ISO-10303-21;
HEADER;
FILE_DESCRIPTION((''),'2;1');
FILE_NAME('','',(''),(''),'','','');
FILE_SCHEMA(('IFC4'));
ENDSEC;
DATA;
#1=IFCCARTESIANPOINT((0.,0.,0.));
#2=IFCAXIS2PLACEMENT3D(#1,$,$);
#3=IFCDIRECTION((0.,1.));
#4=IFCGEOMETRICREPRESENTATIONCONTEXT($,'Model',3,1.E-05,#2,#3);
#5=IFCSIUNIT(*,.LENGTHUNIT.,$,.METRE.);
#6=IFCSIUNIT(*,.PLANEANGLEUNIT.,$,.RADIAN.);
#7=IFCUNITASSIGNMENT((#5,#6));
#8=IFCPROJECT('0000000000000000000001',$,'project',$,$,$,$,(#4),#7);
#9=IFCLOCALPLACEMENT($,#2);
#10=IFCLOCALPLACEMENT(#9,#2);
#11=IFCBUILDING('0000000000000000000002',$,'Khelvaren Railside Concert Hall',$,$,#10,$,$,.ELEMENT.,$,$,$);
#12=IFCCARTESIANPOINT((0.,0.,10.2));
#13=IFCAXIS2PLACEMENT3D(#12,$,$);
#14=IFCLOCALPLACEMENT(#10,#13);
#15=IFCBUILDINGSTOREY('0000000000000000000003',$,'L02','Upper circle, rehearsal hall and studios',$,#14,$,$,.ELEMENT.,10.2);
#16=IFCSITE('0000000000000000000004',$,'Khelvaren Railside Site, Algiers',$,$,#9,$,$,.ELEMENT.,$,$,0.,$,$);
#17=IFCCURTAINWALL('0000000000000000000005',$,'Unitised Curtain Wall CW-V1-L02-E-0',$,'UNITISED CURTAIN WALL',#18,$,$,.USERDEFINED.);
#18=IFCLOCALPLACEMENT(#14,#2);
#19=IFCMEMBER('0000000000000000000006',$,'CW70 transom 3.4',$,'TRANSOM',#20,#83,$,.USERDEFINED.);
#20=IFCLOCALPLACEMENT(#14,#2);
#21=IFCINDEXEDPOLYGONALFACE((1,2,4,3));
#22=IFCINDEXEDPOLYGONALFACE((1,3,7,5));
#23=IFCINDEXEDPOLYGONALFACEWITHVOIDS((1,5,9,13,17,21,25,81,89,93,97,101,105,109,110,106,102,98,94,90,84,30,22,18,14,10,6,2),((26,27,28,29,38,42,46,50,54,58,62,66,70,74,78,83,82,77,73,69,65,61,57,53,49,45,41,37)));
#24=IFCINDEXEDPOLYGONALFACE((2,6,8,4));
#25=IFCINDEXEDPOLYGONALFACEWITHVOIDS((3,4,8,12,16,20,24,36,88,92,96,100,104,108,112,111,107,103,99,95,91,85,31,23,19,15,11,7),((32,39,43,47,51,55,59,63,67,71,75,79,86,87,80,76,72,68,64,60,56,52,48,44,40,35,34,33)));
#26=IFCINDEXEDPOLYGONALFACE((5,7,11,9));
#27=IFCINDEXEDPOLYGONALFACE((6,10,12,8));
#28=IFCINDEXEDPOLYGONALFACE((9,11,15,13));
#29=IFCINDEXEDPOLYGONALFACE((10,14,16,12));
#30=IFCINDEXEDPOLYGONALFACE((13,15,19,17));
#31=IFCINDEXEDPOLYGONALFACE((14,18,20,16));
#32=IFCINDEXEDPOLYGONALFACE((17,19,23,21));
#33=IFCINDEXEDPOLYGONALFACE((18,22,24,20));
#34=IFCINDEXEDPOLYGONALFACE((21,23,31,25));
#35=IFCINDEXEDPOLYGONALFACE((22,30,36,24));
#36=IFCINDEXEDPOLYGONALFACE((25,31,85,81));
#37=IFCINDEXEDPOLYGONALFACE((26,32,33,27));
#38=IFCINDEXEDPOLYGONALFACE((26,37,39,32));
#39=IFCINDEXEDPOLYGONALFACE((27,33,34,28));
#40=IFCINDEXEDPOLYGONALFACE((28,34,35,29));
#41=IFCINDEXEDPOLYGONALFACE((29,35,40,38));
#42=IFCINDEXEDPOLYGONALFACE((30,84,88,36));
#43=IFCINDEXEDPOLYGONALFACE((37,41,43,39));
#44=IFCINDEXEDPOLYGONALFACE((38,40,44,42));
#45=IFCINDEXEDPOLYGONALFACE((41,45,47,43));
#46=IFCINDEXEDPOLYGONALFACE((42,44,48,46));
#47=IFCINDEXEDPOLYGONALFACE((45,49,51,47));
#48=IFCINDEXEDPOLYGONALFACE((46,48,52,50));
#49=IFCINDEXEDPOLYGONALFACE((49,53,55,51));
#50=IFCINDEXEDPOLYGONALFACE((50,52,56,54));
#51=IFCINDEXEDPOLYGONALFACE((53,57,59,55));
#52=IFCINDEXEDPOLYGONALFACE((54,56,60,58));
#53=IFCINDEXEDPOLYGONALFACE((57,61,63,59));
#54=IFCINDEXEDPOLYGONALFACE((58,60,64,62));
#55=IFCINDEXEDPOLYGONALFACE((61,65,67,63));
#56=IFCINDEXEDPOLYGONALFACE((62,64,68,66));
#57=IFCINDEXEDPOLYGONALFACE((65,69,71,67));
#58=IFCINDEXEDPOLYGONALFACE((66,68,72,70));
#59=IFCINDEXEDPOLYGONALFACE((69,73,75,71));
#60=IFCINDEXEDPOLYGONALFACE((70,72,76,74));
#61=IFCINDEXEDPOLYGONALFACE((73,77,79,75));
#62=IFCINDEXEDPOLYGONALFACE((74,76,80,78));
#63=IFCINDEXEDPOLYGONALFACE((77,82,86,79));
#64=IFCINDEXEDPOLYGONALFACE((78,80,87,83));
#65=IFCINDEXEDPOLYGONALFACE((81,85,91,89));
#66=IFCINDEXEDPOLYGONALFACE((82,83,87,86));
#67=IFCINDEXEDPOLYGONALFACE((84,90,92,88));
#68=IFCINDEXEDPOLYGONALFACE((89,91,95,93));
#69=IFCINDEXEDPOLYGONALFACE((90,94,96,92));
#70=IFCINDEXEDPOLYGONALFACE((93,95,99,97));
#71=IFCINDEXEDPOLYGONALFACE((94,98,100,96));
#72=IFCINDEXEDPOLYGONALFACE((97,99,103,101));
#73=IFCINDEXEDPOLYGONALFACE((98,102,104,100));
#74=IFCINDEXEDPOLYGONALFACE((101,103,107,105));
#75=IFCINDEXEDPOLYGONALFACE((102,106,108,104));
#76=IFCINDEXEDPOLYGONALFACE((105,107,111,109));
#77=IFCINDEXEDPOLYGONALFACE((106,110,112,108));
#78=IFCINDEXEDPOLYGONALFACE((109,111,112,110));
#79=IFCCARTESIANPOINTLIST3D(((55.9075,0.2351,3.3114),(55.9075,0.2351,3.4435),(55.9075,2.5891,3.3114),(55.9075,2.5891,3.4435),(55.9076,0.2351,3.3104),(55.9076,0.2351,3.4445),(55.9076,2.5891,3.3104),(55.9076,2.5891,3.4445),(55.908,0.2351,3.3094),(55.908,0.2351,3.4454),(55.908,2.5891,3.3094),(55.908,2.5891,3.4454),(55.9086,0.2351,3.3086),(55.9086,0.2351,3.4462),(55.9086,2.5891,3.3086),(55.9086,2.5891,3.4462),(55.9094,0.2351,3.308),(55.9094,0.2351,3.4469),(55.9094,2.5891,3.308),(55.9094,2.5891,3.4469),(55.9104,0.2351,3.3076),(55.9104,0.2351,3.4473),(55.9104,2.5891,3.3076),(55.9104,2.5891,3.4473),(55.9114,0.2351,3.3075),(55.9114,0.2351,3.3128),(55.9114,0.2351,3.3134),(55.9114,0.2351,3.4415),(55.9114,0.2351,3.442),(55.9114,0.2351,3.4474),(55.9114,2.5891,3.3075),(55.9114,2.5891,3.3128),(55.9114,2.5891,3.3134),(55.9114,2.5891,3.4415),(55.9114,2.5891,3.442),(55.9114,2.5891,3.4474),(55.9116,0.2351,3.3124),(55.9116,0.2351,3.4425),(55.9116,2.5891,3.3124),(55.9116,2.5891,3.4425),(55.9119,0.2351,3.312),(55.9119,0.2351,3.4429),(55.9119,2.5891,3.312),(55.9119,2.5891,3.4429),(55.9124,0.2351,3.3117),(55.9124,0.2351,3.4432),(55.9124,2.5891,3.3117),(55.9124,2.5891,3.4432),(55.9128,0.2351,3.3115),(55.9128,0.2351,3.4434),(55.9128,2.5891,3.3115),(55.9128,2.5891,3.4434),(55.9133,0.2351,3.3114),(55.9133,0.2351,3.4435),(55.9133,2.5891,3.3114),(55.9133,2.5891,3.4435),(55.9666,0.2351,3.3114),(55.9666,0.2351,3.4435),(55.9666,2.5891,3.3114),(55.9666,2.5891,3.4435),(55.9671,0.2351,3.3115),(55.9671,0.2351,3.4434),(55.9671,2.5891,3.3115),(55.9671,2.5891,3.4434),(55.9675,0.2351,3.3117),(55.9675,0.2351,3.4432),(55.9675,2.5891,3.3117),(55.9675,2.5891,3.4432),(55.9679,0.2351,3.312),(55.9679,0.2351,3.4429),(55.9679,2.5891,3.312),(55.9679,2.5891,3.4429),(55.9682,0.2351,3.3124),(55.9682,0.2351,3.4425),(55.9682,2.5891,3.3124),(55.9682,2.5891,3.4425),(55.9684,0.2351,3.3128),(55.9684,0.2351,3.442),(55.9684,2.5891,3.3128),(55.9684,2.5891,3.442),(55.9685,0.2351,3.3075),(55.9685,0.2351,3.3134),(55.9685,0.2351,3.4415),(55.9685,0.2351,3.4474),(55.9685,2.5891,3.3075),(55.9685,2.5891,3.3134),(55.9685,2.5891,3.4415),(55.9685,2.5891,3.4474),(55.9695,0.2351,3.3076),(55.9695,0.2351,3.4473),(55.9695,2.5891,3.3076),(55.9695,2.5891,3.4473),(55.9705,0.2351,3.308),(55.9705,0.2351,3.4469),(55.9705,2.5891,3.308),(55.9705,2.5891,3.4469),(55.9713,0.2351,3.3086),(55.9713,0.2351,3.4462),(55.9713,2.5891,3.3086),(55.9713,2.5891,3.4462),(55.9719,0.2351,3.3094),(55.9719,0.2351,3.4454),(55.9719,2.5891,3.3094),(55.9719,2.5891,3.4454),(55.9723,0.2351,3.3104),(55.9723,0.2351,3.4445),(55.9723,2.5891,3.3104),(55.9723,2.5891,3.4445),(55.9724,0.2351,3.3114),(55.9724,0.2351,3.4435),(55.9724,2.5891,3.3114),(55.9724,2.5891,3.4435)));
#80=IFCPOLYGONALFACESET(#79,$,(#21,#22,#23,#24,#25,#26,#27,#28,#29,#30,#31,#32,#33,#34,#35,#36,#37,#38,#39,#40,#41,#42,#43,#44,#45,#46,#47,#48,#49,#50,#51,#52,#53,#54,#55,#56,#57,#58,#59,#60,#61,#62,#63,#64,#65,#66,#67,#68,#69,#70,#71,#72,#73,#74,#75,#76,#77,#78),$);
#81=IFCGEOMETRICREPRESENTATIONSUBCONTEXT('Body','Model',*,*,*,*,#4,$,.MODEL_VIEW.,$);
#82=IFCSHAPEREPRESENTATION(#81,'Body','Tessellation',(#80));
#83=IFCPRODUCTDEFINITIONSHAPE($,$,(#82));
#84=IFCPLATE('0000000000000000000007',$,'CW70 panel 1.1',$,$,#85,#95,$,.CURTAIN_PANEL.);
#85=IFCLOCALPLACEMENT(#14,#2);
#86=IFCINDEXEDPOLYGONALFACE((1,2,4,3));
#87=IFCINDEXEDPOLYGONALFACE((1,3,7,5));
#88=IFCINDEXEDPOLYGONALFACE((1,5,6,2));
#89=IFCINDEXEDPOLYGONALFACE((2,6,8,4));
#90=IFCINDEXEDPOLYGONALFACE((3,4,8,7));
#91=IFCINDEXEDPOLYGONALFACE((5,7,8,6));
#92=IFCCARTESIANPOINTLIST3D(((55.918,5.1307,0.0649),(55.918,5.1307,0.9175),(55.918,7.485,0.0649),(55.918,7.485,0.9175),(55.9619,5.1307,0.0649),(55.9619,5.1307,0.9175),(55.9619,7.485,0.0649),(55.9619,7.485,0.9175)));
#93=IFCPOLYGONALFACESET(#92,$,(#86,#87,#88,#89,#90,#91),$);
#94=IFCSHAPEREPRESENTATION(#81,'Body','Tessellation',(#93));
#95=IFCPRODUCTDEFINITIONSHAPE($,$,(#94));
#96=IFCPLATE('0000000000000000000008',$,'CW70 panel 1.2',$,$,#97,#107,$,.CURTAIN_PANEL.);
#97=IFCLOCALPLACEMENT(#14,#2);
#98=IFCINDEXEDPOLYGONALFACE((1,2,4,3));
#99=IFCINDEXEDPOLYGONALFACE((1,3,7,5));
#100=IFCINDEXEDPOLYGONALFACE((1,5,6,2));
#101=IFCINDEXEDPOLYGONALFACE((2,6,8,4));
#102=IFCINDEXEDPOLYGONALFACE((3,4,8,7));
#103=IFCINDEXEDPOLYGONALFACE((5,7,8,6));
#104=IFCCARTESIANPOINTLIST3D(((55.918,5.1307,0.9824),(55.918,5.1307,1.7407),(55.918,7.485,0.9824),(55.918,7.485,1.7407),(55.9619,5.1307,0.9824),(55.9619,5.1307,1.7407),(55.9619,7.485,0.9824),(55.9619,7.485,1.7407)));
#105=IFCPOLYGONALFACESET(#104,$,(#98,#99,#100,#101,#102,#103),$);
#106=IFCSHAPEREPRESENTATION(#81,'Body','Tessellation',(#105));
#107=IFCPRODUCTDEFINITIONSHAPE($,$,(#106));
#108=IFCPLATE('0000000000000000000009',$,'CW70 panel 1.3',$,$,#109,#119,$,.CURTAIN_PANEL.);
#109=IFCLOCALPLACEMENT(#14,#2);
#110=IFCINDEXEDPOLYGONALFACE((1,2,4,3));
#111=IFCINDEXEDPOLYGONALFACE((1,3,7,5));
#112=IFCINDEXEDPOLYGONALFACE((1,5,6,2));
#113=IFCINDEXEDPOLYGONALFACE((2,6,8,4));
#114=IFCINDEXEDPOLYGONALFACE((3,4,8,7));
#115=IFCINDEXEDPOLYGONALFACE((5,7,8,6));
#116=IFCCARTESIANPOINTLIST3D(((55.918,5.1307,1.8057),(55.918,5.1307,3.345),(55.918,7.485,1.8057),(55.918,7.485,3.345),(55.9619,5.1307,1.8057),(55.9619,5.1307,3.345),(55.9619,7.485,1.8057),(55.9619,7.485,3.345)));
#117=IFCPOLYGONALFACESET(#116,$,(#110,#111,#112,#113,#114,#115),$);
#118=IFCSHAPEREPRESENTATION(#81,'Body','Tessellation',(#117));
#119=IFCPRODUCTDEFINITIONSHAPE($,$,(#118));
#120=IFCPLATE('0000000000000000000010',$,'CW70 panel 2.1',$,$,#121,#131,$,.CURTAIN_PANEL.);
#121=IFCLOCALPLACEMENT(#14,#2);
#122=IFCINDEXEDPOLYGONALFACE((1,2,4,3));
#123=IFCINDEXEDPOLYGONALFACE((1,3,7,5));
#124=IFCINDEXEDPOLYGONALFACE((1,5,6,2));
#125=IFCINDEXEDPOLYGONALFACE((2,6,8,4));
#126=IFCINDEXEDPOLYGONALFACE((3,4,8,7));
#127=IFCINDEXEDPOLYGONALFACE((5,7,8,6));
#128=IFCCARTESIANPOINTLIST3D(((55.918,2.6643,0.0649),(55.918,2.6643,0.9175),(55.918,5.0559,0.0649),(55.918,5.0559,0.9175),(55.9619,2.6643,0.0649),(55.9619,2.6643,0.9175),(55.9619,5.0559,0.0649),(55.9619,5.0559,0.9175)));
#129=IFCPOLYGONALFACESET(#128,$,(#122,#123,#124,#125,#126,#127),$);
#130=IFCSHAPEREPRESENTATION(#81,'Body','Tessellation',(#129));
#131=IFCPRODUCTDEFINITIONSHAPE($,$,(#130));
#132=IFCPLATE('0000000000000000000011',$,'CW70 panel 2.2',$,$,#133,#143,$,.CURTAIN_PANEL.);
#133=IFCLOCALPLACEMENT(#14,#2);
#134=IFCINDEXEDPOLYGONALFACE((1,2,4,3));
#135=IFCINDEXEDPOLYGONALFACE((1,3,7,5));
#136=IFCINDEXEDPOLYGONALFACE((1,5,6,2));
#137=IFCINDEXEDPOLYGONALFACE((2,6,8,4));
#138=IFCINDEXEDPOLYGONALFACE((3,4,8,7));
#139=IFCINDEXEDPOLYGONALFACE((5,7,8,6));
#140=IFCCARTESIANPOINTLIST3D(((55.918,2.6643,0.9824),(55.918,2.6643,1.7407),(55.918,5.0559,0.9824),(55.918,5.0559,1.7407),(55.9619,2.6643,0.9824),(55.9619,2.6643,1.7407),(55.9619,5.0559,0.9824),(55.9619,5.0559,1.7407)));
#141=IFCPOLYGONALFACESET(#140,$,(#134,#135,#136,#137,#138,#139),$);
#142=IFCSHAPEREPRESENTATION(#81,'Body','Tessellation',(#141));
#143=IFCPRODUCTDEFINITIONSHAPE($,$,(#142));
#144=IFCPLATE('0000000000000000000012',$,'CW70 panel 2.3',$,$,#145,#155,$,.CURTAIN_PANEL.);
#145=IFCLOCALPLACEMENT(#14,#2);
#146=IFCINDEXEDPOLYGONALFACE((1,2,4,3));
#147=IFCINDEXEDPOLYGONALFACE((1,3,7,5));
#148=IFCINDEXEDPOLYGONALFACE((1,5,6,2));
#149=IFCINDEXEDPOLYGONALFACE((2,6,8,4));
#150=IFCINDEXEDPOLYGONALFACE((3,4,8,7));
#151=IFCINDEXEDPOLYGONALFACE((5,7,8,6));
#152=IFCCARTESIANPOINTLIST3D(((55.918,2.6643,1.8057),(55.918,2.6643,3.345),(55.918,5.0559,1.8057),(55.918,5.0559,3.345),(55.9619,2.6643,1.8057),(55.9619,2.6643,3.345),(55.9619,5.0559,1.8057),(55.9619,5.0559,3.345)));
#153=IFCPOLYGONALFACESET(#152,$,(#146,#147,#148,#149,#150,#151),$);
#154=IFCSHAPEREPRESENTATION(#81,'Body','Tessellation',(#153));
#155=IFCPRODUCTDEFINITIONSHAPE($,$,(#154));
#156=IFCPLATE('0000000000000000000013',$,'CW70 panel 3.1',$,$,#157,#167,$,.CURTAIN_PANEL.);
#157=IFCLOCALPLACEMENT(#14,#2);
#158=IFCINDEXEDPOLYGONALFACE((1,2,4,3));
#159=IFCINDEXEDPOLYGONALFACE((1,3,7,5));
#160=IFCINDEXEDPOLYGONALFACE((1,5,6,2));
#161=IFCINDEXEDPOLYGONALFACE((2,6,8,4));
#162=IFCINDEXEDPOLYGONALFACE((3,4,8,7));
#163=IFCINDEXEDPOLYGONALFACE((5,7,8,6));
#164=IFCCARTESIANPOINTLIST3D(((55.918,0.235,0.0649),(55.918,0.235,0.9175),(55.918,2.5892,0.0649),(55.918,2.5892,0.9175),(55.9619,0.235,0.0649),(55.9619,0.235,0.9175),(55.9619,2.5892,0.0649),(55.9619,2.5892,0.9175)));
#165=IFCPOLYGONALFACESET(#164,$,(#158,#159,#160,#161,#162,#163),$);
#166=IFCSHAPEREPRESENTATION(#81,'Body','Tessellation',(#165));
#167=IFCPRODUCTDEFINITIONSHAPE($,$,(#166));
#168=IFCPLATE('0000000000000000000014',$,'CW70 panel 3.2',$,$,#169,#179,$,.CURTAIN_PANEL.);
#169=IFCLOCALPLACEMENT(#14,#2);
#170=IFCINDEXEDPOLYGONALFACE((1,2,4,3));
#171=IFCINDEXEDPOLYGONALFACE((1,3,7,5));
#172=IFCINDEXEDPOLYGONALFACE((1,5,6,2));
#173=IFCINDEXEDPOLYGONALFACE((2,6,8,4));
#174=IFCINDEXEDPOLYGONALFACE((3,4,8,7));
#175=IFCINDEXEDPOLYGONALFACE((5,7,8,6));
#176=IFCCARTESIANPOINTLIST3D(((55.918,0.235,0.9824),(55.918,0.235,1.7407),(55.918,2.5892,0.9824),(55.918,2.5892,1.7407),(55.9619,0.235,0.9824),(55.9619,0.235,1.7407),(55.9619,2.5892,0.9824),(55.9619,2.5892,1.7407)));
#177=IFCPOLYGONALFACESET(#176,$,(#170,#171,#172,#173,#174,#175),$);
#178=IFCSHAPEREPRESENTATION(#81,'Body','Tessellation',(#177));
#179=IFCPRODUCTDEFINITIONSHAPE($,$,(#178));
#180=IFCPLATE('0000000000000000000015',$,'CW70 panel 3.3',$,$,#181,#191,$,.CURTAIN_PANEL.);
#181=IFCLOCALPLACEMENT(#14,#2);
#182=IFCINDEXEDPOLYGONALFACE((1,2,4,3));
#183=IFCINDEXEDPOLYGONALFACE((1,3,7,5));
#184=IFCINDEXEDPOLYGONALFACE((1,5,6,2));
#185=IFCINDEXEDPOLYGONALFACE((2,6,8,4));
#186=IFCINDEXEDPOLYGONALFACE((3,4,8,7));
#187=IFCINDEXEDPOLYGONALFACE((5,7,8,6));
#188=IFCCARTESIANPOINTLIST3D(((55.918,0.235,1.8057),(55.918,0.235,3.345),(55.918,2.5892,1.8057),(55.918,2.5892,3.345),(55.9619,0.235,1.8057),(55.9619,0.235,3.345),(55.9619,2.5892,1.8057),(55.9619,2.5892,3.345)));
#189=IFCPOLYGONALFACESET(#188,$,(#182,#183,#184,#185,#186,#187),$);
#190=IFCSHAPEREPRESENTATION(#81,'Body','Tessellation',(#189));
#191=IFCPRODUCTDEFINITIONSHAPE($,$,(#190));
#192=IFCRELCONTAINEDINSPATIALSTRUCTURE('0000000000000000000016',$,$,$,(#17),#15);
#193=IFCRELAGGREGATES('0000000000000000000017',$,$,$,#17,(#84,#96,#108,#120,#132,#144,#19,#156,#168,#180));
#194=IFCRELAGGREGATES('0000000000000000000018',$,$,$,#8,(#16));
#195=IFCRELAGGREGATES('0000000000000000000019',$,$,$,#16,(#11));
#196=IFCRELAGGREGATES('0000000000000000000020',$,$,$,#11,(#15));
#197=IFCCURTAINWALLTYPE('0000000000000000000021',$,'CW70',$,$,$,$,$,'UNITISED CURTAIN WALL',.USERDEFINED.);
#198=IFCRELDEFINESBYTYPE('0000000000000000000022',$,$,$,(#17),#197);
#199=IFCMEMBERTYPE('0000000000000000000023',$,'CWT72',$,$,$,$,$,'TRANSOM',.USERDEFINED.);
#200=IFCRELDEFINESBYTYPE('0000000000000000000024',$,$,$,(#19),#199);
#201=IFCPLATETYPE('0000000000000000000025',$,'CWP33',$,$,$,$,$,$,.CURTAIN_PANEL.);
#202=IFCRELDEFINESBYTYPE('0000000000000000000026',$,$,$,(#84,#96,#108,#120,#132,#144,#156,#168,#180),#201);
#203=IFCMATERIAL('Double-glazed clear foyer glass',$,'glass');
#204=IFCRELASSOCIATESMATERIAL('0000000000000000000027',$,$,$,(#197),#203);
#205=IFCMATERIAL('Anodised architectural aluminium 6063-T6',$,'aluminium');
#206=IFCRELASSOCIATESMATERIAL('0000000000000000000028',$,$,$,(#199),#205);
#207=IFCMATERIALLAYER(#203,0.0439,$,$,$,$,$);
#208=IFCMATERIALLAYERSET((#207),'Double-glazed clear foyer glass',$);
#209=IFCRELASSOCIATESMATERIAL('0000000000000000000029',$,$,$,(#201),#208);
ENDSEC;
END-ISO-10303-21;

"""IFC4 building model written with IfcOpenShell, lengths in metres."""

from ifc_helpers import new_model, si_unit, direction, frame, origin, origin_2d, place, context, subcontext, project, spatial, rectangle, hollow_rectangle, extrude, material, layer, layer_set, material_profile, profile_set, type_object, element, aggregate, save


model = new_model("IFC4")

# Units and contexts
model_context = context("Model", 3, precision=1e-05, world=origin(), true_north=direction((0.0, 1.0)))
body_context = subcontext(model_context, "Body", "Model", "MODEL_VIEW")
ifc_project = project(units=[si_unit("LENGTHUNIT", "METRE"), si_unit("PLANEANGLEUNIT", "RADIAN")], contexts=[model_context])

# Site, building, storey
site_placement = place(None, origin())
site = spatial("IfcSite", under=ifc_project, at=site_placement, Name="Khelvaren Railside Site, Algiers", CompositionType="ELEMENT", RefElevation=0.0)
building_placement = place(site_placement, origin())
building = spatial("IfcBuilding", under=site, at=building_placement, Name="Khelvaren Railside Concert Hall", CompositionType="ELEMENT")
storey_placement = place(building_placement, frame((0.0, 0.0, 10.2)))
storey = spatial("IfcBuildingStorey", under=building, at=storey_placement, Name="L02", Description="Upper circle, rehearsal hall and studios", CompositionType="ELEMENT", Elevation=10.2)

# Curtain wall, member, plates
ifc_material_1 = material(Name="Double-glazed clear foyer glass", Category="glass")
curtain_wall_type = type_object("IfcCurtainWallType", Name="CW70", ElementType="UNITISED CURTAIN WALL", PredefinedType="USERDEFINED", material=ifc_material_1)
curtain_wall_placement = place(storey_placement, origin())
curtain_wall = element("IfcCurtainWall", 1, at=curtain_wall_placement, inside=storey, type_object=curtain_wall_type, Name="Unitised Curtain Wall CW-V1-L02-E-0", ObjectType="UNITISED CURTAIN WALL", PredefinedType="USERDEFINED")
ifc_material_2 = material(Name="Anodised architectural aluminium 6063-T6", Category="aluminium")
ifc_material_profile_1 = material_profile(ifc_material_2, hollow_rectangle(XDim=0.0649, YDim=0.1399, WallThickness=0.0039, InnerFilletRadius=0.002, OuterFilletRadius=0.0039, at=origin_2d()), Name="CWT 65x140x4")
ifc_profile_set_1 = profile_set([ifc_material_profile_1], Name="Anodised architectural aluminium 6063-T6")
member_type_1 = type_object("IfcMemberType", Name="CWT72", ElementType="TRANSOM", PredefinedType="USERDEFINED", material=ifc_profile_set_1)
member_1_placement = place(storey_placement, frame((55.9399, 2.5891, 3.3774), z_axis=(0.0, -1.0, 0.0), x_axis=(1.0, 0.0, 0.0)))
member_1 = element("IfcMember", 2, at=member_1_placement, type_object=member_type_1, Name="CW70 transom 3.4", ObjectType="TRANSOM", PredefinedType="USERDEFINED", context=body_context, shape_type="SweptSolid", body=[
    extrude(hollow_rectangle(XDim=0.0649, YDim=0.1399, WallThickness=0.0039, InnerFilletRadius=0.002, OuterFilletRadius=0.0039, at=origin_2d()), origin(), (0.0, 0.0, 1.0), 2.354),
])
ifc_layer_1 = layer(ifc_material_1, 0.0439)
ifc_layer_set_1 = layer_set([ifc_layer_1], Name="Double-glazed clear foyer glass")
plate_type = type_object("IfcPlateType", Name="CWP33", PredefinedType="CURTAIN_PANEL", material=ifc_layer_set_1)
plate_1_placement = place(storey_placement, frame((55.9399, 6.3079, 0.0649), z_axis=(0.0, 0.0, 1.0), x_axis=(0.0, -1.0, 0.0)))
plate_1 = element("IfcPlate", 3, at=plate_1_placement, type_object=plate_type, Name="CW70 panel 1.1", PredefinedType="CURTAIN_PANEL", context=body_context, shape_type="SweptSolid", body=[
    extrude(rectangle(XDim=2.3542, YDim=0.0439, at=origin_2d()), origin(), (0.0, 0.0, 1.0), 0.8525),
])
plate_2_placement = place(storey_placement, frame((55.9399, 6.3079, 0.9824), z_axis=(0.0, 0.0, 1.0), x_axis=(0.0, -1.0, 0.0)))
plate_2 = element("IfcPlate", 4, at=plate_2_placement, type_object=plate_type, Name="CW70 panel 1.2", PredefinedType="CURTAIN_PANEL", context=body_context, shape_type="SweptSolid", body=[
    extrude(rectangle(XDim=2.3542, YDim=0.0439, at=origin_2d()), origin(), (0.0, 0.0, 1.0), 0.7583),
])
plate_3_placement = place(storey_placement, frame((55.9399, 6.3079, 1.8057), z_axis=(0.0, 0.0, 1.0), x_axis=(0.0, -1.0, 0.0)))
plate_3 = element("IfcPlate", 5, at=plate_3_placement, type_object=plate_type, Name="CW70 panel 1.3", PredefinedType="CURTAIN_PANEL", context=body_context, shape_type="SweptSolid", body=[
    extrude(rectangle(XDim=2.3542, YDim=0.0439, at=origin_2d()), origin(), (0.0, 0.0, 1.0), 1.5393),
])
plate_4_placement = place(storey_placement, frame((55.9399, 3.8601, 0.0649), z_axis=(0.0, 0.0, 1.0), x_axis=(0.0, -1.0, 0.0)))
plate_4 = element("IfcPlate", 6, at=plate_4_placement, type_object=plate_type, Name="CW70 panel 2.1", PredefinedType="CURTAIN_PANEL", context=body_context, shape_type="SweptSolid", body=[
    extrude(rectangle(XDim=2.3916, YDim=0.0439, at=origin_2d()), origin(), (0.0, 0.0, 1.0), 0.8525),
])
plate_5_placement = place(storey_placement, frame((55.9399, 3.8601, 0.9824), z_axis=(0.0, 0.0, 1.0), x_axis=(0.0, -1.0, 0.0)))
plate_5 = element("IfcPlate", 7, at=plate_5_placement, type_object=plate_type, Name="CW70 panel 2.2", PredefinedType="CURTAIN_PANEL", context=body_context, shape_type="SweptSolid", body=[
    extrude(rectangle(XDim=2.3916, YDim=0.0439, at=origin_2d()), origin(), (0.0, 0.0, 1.0), 0.7583),
])
plate_6_placement = place(storey_placement, frame((55.9399, 3.8601, 1.8057), z_axis=(0.0, 0.0, 1.0), x_axis=(0.0, -1.0, 0.0)))
plate_6 = element("IfcPlate", 8, at=plate_6_placement, type_object=plate_type, Name="CW70 panel 2.3", PredefinedType="CURTAIN_PANEL", context=body_context, shape_type="SweptSolid", body=[
    extrude(rectangle(XDim=2.3916, YDim=0.0439, at=origin_2d()), origin(), (0.0, 0.0, 1.0), 1.5393),
])
plate_7_placement = place(storey_placement, frame((55.9399, 1.4121, 0.0649), z_axis=(0.0, 0.0, 1.0), x_axis=(0.0, -1.0, 0.0)))
plate_7 = element("IfcPlate", 9, at=plate_7_placement, type_object=plate_type, Name="CW70 panel 3.1", PredefinedType="CURTAIN_PANEL", context=body_context, shape_type="SweptSolid", body=[
    extrude(rectangle(XDim=2.3542, YDim=0.0439, at=origin_2d()), origin(), (0.0, 0.0, 1.0), 0.8525),
])
plate_8_placement = place(storey_placement, frame((55.9399, 1.4121, 0.9824), z_axis=(0.0, 0.0, 1.0), x_axis=(0.0, -1.0, 0.0)))
plate_8 = element("IfcPlate", 10, at=plate_8_placement, type_object=plate_type, Name="CW70 panel 3.2", PredefinedType="CURTAIN_PANEL", context=body_context, shape_type="SweptSolid", body=[
    extrude(rectangle(XDim=2.3542, YDim=0.0439, at=origin_2d()), origin(), (0.0, 0.0, 1.0), 0.7583),
])
plate_9_placement = place(storey_placement, frame((55.9399, 1.4121, 1.8057), z_axis=(0.0, 0.0, 1.0), x_axis=(0.0, -1.0, 0.0)))
plate_9 = element("IfcPlate", 11, at=plate_9_placement, type_object=plate_type, Name="CW70 panel 3.3", PredefinedType="CURTAIN_PANEL", context=body_context, shape_type="SweptSolid", body=[
    extrude(rectangle(XDim=2.3542, YDim=0.0439, at=origin_2d()), origin(), (0.0, 0.0, 1.0), 1.5393),
])
aggregate(curtain_wall, [plate_1, plate_2, plate_3, plate_4, plate_5, plate_6, member_1, plate_7, plate_8, plate_9])

save(model, "model.ifc")
